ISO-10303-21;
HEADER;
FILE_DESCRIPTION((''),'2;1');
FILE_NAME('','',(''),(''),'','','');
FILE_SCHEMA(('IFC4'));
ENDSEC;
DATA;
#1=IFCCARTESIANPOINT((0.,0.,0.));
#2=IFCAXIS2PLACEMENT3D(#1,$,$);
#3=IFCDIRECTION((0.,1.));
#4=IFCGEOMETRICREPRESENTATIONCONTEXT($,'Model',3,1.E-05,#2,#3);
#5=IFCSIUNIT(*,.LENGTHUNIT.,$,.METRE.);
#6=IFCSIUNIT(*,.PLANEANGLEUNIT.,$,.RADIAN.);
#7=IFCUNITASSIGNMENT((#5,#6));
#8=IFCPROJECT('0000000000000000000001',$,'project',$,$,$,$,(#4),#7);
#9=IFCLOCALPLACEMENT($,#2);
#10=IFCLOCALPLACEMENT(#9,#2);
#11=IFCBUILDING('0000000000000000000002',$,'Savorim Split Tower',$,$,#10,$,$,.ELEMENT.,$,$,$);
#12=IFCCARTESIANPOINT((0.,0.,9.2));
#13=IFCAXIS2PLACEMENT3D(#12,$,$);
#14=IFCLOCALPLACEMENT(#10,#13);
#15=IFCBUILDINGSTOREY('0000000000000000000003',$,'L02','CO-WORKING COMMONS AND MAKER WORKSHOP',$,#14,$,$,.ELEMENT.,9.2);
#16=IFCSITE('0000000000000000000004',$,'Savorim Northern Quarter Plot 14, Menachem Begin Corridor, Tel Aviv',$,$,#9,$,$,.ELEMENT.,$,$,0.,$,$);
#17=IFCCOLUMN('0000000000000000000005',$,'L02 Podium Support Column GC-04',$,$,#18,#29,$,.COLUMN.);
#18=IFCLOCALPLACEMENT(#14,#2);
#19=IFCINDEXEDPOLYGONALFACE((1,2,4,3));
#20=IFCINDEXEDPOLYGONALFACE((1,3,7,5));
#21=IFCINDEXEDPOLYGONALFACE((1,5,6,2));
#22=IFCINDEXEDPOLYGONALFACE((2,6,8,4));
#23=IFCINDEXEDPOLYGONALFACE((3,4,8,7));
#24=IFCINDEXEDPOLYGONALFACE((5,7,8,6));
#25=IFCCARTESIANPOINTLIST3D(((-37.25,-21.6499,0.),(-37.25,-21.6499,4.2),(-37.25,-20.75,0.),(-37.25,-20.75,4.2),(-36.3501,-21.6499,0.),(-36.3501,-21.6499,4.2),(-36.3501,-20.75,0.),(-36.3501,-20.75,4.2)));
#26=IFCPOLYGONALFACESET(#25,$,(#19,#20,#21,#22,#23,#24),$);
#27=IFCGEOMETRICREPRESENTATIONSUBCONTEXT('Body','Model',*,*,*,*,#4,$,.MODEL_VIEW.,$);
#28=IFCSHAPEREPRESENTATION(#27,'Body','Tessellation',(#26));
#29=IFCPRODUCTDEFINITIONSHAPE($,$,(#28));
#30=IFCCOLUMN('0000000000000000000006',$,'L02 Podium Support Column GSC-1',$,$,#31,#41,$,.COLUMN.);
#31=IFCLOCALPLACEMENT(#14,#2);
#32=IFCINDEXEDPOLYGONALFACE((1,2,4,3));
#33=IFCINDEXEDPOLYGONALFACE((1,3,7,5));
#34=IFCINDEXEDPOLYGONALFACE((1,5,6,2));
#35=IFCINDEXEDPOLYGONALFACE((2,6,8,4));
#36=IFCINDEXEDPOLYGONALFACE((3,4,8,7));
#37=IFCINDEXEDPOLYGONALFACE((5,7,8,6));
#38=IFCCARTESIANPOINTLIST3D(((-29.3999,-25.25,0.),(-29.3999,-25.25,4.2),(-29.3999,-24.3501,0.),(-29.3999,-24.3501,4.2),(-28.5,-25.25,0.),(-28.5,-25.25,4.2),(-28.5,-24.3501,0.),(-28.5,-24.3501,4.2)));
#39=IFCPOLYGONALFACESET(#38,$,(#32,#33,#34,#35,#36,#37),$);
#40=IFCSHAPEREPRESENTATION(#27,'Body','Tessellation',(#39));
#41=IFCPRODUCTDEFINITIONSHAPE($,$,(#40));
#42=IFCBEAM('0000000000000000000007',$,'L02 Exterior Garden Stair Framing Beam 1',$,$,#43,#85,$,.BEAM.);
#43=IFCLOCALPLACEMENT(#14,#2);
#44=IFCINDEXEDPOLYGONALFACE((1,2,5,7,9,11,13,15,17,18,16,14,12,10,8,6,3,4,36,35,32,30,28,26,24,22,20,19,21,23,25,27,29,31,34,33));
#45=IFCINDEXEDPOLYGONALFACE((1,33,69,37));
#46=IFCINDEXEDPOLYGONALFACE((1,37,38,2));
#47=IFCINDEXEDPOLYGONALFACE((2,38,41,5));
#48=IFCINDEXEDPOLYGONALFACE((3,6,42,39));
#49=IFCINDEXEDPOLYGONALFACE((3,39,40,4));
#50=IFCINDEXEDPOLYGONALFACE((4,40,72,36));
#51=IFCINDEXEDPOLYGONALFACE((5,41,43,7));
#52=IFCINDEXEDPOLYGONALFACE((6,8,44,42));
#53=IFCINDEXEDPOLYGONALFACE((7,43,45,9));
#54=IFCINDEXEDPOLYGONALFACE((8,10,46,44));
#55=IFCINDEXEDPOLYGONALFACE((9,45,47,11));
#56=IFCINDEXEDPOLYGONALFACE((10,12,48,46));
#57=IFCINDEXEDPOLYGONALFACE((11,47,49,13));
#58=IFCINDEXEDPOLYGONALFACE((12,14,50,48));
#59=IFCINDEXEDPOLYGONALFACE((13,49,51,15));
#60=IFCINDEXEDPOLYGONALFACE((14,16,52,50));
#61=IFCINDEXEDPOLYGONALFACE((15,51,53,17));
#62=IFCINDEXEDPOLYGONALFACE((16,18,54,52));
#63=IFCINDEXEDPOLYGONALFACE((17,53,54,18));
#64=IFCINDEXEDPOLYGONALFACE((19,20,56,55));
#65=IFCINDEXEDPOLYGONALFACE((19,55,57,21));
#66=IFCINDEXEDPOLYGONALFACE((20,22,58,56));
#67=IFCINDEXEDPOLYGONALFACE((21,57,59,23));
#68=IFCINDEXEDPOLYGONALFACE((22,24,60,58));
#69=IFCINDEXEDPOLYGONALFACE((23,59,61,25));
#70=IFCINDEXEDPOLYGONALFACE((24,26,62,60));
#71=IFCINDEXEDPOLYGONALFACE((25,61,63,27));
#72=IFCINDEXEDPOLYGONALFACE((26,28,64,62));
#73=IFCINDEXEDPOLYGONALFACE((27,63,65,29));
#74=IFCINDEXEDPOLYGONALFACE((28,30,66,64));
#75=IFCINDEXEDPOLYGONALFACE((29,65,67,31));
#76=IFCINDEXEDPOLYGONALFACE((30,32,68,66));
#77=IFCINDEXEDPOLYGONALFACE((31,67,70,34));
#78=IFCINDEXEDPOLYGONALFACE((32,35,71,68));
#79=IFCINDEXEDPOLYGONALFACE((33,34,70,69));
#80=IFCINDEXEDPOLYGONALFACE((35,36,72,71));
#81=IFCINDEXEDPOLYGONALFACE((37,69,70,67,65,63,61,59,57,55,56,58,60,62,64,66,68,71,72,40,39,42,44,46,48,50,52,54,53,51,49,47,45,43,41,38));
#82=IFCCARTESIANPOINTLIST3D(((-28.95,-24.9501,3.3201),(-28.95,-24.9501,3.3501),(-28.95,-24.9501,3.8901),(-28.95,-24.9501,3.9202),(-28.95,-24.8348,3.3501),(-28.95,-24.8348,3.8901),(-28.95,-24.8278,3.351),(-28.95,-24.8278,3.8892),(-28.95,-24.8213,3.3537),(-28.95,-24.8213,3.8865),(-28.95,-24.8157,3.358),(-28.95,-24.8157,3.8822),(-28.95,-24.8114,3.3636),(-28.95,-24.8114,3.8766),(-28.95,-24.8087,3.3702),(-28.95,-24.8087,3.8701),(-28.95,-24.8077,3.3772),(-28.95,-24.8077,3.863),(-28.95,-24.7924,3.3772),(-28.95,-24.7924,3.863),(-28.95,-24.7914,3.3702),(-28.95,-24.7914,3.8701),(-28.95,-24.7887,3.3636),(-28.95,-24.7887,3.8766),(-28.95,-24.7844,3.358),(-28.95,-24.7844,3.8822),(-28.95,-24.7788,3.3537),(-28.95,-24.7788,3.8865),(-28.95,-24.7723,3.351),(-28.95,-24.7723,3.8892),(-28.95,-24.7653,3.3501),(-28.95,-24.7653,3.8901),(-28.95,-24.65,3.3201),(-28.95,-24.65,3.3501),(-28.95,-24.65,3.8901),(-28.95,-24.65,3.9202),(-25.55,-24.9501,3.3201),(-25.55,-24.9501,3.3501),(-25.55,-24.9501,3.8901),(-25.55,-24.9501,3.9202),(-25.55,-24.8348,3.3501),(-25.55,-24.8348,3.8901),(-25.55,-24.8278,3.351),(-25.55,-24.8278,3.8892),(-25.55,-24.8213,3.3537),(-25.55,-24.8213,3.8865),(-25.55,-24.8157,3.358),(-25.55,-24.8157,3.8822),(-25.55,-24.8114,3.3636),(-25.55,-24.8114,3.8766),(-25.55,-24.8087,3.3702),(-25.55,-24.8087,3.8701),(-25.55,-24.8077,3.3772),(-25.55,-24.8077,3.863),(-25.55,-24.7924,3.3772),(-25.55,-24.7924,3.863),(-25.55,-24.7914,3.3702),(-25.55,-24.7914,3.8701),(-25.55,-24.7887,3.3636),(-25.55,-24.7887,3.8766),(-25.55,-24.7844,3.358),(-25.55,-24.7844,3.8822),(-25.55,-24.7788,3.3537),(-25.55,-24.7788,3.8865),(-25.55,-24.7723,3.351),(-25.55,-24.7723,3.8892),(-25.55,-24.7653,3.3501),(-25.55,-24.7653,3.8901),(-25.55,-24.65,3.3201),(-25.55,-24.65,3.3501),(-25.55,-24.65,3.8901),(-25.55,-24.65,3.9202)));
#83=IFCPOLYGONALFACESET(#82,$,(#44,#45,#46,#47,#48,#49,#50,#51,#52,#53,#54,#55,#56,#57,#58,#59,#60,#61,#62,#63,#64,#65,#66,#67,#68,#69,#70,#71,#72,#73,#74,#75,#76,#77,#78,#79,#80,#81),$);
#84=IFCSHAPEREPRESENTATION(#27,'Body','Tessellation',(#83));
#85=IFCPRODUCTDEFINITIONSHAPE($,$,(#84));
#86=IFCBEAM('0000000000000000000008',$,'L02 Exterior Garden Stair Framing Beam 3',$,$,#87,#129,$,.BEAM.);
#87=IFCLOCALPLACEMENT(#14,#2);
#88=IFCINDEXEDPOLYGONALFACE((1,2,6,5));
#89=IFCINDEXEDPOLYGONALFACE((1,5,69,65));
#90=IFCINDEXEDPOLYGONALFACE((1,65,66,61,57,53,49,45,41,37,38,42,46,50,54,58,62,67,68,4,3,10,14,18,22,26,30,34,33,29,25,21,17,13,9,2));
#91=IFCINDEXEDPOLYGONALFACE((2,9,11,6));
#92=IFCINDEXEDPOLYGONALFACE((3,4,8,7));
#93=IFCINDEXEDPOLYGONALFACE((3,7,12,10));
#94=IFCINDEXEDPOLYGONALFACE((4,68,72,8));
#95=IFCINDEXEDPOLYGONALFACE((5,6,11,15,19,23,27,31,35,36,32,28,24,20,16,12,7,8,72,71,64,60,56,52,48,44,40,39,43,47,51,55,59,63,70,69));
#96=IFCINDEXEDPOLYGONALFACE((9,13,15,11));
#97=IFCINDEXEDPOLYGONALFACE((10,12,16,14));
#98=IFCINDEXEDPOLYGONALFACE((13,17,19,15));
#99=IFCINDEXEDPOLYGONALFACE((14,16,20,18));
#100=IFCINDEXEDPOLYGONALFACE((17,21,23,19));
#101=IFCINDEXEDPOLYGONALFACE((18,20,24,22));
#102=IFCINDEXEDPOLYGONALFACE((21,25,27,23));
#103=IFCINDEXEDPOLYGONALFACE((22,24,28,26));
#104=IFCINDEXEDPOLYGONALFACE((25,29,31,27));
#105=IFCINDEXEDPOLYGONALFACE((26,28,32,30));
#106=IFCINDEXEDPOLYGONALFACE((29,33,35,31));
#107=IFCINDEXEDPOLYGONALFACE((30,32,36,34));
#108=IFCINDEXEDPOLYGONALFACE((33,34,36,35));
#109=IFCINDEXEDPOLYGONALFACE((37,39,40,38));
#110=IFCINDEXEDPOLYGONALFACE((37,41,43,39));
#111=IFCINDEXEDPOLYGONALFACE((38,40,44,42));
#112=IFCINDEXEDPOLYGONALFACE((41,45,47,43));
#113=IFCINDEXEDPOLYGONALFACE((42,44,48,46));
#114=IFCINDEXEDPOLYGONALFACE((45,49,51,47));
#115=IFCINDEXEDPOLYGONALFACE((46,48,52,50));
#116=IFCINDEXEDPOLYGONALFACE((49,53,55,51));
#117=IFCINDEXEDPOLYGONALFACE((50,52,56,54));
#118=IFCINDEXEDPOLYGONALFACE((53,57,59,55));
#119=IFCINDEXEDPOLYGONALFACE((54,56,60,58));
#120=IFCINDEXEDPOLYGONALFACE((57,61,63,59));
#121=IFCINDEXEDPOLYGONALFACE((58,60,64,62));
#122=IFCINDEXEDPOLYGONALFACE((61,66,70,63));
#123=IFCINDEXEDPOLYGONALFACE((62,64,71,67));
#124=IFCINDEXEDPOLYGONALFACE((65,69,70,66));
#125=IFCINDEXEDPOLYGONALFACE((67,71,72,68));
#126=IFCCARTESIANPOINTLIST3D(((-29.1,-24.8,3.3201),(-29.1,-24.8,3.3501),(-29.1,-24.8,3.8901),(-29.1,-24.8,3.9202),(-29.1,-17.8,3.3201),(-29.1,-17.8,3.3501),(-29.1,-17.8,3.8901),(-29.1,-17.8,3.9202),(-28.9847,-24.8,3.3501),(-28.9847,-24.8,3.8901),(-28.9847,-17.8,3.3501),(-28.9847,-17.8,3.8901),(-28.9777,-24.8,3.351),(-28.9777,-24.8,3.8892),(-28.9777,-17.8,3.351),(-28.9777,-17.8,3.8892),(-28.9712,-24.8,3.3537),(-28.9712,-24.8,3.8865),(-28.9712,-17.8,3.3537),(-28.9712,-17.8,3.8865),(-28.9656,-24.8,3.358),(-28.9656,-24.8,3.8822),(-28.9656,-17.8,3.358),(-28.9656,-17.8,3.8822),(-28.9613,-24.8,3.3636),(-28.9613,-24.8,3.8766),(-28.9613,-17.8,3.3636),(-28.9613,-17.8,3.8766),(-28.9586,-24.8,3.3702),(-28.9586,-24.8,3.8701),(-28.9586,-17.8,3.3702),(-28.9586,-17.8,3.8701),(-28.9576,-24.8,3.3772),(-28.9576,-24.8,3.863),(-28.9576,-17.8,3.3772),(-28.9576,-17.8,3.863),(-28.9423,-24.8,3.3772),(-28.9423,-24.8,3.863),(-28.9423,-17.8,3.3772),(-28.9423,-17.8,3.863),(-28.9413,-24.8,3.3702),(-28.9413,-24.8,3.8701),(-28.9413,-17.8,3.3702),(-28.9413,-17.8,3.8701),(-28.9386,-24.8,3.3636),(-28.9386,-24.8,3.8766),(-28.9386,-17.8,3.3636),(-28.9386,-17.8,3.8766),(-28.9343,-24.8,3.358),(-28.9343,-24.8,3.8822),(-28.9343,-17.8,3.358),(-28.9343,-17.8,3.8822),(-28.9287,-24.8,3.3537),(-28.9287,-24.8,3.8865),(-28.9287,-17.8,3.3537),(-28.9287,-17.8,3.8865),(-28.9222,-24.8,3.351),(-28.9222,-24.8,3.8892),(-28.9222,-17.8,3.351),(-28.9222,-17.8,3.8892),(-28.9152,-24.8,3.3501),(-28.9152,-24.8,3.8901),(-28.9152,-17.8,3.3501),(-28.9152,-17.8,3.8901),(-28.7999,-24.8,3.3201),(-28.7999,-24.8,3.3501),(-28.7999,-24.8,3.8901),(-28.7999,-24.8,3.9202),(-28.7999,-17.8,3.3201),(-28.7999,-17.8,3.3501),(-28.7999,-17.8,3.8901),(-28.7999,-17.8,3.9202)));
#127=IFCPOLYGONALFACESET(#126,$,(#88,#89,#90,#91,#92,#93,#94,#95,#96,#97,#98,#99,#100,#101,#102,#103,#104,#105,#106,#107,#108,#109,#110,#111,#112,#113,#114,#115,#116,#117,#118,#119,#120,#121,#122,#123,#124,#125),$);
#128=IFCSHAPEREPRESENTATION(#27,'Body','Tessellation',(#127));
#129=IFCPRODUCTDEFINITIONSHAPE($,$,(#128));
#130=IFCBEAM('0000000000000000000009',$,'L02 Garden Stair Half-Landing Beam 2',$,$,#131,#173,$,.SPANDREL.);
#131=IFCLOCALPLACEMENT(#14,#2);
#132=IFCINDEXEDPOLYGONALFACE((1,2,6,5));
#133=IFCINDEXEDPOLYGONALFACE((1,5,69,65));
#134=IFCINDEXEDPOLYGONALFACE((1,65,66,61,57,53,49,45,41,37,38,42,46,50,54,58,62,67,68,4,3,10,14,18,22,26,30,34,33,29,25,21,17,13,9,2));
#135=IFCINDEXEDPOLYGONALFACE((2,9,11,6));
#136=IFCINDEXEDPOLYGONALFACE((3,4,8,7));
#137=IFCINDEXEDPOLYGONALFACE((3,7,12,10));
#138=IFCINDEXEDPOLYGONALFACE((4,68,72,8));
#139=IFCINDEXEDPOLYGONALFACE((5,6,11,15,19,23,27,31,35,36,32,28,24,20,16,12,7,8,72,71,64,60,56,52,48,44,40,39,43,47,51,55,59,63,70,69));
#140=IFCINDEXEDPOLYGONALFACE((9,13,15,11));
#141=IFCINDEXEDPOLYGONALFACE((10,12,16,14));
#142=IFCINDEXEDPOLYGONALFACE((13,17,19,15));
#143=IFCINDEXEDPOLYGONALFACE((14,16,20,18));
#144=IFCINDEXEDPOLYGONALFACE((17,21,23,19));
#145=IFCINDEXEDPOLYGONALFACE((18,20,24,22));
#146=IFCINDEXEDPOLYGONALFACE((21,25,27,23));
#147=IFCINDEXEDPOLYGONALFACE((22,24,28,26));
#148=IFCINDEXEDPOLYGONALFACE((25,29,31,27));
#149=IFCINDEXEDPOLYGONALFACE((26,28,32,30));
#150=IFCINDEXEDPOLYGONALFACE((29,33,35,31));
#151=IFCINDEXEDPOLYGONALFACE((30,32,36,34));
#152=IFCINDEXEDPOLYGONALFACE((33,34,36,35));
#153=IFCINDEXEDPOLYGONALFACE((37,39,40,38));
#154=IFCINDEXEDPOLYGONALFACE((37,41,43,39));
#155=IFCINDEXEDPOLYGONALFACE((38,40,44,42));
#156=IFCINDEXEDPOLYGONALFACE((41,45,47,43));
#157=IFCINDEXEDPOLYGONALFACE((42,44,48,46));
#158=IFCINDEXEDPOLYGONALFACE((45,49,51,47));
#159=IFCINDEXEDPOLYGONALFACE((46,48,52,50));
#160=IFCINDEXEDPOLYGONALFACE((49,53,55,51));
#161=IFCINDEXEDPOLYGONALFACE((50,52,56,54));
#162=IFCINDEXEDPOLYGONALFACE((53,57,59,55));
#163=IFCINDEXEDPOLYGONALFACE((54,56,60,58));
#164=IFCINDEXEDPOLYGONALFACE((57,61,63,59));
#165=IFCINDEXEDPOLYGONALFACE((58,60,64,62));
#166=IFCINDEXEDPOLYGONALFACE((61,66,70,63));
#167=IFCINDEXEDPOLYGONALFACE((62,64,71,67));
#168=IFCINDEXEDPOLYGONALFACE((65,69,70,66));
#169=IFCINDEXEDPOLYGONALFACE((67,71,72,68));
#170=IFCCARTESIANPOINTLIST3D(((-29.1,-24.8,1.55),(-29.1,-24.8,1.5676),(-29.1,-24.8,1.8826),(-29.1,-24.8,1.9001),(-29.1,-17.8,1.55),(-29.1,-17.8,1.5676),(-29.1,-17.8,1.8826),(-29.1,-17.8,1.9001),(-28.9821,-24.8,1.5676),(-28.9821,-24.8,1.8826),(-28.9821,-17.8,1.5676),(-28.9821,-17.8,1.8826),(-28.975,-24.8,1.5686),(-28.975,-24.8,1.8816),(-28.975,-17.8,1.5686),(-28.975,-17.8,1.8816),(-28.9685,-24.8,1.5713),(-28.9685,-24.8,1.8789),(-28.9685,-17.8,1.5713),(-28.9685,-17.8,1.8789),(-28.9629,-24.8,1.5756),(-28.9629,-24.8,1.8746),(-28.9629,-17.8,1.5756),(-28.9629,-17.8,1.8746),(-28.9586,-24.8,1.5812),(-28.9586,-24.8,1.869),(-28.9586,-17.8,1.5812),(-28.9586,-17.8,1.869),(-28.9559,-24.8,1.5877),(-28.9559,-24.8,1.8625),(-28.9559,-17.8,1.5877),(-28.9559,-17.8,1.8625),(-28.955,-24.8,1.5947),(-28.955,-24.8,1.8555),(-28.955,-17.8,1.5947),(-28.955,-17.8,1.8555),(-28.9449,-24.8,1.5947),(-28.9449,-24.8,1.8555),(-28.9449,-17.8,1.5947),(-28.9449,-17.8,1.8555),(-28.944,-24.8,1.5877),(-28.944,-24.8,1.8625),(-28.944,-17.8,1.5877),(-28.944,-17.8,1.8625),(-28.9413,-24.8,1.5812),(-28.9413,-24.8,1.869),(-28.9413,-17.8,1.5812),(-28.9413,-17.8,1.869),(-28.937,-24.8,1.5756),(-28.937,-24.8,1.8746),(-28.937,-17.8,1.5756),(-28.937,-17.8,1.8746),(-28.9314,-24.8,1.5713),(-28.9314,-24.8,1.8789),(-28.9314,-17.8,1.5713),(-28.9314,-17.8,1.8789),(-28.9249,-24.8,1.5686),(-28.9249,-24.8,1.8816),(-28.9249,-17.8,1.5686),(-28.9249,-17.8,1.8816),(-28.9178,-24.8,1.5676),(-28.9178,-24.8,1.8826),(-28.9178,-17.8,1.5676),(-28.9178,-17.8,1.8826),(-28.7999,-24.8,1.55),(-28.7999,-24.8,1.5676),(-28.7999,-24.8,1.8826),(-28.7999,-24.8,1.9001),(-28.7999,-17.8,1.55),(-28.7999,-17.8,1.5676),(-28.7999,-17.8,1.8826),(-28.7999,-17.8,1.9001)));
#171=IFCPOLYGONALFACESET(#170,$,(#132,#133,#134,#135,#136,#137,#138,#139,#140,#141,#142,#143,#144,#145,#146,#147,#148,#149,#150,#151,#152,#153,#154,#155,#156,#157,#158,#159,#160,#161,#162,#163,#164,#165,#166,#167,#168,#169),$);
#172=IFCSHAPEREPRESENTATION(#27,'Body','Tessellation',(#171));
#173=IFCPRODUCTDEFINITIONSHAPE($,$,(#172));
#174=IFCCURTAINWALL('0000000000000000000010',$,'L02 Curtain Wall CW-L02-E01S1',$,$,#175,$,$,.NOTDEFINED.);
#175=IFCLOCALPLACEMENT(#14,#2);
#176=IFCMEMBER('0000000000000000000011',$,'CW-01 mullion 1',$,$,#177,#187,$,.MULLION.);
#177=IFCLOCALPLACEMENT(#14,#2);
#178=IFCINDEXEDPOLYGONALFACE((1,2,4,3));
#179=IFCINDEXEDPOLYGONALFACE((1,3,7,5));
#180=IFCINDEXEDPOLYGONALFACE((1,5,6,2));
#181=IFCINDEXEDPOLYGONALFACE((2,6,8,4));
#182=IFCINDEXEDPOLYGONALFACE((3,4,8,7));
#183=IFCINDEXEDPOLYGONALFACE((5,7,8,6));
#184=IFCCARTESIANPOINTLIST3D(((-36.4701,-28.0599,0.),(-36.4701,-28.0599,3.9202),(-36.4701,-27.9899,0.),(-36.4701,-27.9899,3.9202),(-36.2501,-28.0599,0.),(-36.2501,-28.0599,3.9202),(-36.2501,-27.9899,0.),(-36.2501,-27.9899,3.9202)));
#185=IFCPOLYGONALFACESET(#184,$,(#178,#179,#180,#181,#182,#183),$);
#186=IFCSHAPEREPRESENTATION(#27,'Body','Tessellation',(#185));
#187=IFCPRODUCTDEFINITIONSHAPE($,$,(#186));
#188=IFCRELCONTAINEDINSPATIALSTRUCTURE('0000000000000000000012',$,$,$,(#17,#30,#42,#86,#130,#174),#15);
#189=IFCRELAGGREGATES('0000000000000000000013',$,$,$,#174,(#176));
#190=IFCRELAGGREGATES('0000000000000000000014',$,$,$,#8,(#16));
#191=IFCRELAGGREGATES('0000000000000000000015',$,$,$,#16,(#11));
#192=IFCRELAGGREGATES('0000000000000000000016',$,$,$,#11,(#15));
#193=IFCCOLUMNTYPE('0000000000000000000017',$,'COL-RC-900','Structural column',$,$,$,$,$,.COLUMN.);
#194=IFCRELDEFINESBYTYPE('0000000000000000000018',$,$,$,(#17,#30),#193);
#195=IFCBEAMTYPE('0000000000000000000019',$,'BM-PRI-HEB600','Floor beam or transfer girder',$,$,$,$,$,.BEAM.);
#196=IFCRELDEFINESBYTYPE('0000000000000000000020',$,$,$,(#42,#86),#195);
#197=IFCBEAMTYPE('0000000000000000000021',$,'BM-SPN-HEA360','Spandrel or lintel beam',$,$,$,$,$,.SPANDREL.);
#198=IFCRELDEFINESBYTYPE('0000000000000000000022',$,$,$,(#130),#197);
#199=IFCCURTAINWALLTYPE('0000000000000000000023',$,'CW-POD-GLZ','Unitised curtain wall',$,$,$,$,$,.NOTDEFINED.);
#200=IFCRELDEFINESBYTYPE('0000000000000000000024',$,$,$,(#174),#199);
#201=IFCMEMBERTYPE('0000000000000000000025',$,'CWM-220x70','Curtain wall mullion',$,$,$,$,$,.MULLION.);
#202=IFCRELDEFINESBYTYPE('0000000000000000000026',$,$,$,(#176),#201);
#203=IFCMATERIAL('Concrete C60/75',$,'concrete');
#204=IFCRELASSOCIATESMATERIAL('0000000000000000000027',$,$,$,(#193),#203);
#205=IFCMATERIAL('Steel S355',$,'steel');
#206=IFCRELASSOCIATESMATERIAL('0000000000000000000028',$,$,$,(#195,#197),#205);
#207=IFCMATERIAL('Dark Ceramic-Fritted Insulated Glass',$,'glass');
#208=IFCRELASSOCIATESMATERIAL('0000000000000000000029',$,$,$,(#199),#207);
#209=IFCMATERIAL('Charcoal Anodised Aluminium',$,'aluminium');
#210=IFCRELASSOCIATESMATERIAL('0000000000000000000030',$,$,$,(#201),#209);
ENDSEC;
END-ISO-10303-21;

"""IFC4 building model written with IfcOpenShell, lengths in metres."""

from ifc_helpers import new_model, si_unit, direction, frame, origin, origin_2d, place, context, subcontext, project, spatial, rectangle, i_section, extrude, material, material_profile, profile_set, type_object, element, aggregate, save


model = new_model("IFC4")

# Units and contexts
model_context = context("Model", 3, precision=1e-05, world=origin(), true_north=direction((0.0, 1.0)))
body_context = subcontext(model_context, "Body", "Model", "MODEL_VIEW")
ifc_project = project(units=[si_unit("LENGTHUNIT", "METRE"), si_unit("PLANEANGLEUNIT", "RADIAN")], contexts=[model_context])

# Site, building, storey
site_placement = place(None, origin())
site = spatial("IfcSite", under=ifc_project, at=site_placement, Name="Savorim Northern Quarter Plot 14, Menachem Begin Corridor, Tel Aviv", CompositionType="ELEMENT", RefElevation=0.0)
building_placement = place(site_placement, origin())
building = spatial("IfcBuilding", under=site, at=building_placement, Name="Savorim Split Tower", CompositionType="ELEMENT")
storey_placement = place(building_placement, frame((0.0, 0.0, 9.2)))
storey = spatial("IfcBuildingStorey", under=building, at=storey_placement, Name="L02", Description="CO-WORKING COMMONS AND MAKER WORKSHOP", CompositionType="ELEMENT", Elevation=9.2)

# Columns
ifc_material_1 = material(Name="Concrete C60/75", Category="concrete")
ifc_material_profile_1 = material_profile(ifc_material_1, rectangle(XDim=0.8999, YDim=0.8999, at=origin_2d()), Name="RC 900x900")
ifc_profile_set_1 = profile_set([ifc_material_profile_1], Name="Concrete C60/75")
column_type = type_object("IfcColumnType", Name="COL-RC-900", Description="Structural column", PredefinedType="COLUMN", material=ifc_profile_set_1)
for number, where, z_axis, x_axis, name in (
    (1, (-36.8, -21.2, 0.0), (0.0, 0.0, 1.0), (1.0, 0.0, 0.0), "L02 Podium Support Column GC-04"),
    (2, (-28.95, -24.8, 0.0), (0.0, 0.0, 1.0), (1.0, 0.0, 0.0), "L02 Podium Support Column GSC-1"),
):
    element("IfcColumn", number, at=place(storey_placement, frame(where, z_axis=z_axis, x_axis=x_axis)), inside=storey, type_object=column_type, Name=name, PredefinedType="COLUMN", context=body_context, shape_type="SweptSolid", body=[
        extrude(rectangle(XDim=0.8999, YDim=0.8999, at=origin_2d()), origin(), (0.0, 0.0, 1.0), 4.2),
    ])

# Beams
ifc_material_2 = material(Name="Steel S355", Category="steel")
ifc_material_profile_2 = material_profile(ifc_material_2, i_section(OverallWidth=0.3, OverallDepth=0.6001, WebThickness=0.0154, FlangeThickness=0.03, FilletRadius=0.0271, at=origin_2d()), Name="HEB 600")
ifc_profile_set_2 = profile_set([ifc_material_profile_2], Name="Steel S355")
beam_type_1 = type_object("IfcBeamType", Name="BM-PRI-HEB600", Description="Floor beam or transfer girder", PredefinedType="BEAM", material=ifc_profile_set_2)
beam_1_placement = place(storey_placement, frame((-28.95, -24.8, 3.6201), z_axis=(1.0, 0.0, 0.0), x_axis=(0.0, 1.0, 0.0)))
element("IfcBeam", 3, at=beam_1_placement, inside=storey, type_object=beam_type_1, Name="L02 Exterior Garden Stair Framing Beam 1", PredefinedType="BEAM", context=body_context, shape_type="SweptSolid", body=[
    extrude(i_section(OverallWidth=0.3, OverallDepth=0.6001, WebThickness=0.0154, FlangeThickness=0.03, FilletRadius=0.0271, at=origin_2d()), origin(), (0.0, 0.0, 1.0), 3.3999),
])
beam_2_placement = place(storey_placement, frame((-28.95, -24.8, 3.6201), z_axis=(0.0, 1.0, 0.0), x_axis=(-1.0, 0.0, 0.0)))
element("IfcBeam", 4, at=beam_2_placement, inside=storey, type_object=beam_type_1, Name="L02 Exterior Garden Stair Framing Beam 3", PredefinedType="BEAM", context=body_context, shape_type="SweptSolid", body=[
    extrude(i_section(OverallWidth=0.3, OverallDepth=0.6001, WebThickness=0.0154, FlangeThickness=0.03, FilletRadius=0.0271, at=origin_2d()), origin(), (0.0, 0.0, 1.0), 7.0),
])
ifc_material_profile_3 = material_profile(ifc_material_2, i_section(OverallWidth=0.3, OverallDepth=0.3501, WebThickness=0.01, FlangeThickness=0.0176, FilletRadius=0.0271, at=origin_2d()), Name="HEA 360")
ifc_profile_set_3 = profile_set([ifc_material_profile_3], Name="Steel S355")
beam_type_2 = type_object("IfcBeamType", Name="BM-SPN-HEA360", Description="Spandrel or lintel beam", PredefinedType="SPANDREL", material=ifc_profile_set_3)
beam_3_placement = place(storey_placement, frame((-28.95, -24.8, 1.7251), z_axis=(0.0, 1.0, 0.0), x_axis=(-1.0, 0.0, 0.0)))
element("IfcBeam", 5, at=beam_3_placement, inside=storey, type_object=beam_type_2, Name="L02 Garden Stair Half-Landing Beam 2", PredefinedType="SPANDREL", context=body_context, shape_type="SweptSolid", body=[
    extrude(i_section(OverallWidth=0.3, OverallDepth=0.3501, WebThickness=0.01, FlangeThickness=0.0176, FilletRadius=0.0271, at=origin_2d()), origin(), (0.0, 0.0, 1.0), 7.0),
])

# Curtain wall, member
ifc_material_3 = material(Name="Dark Ceramic-Fritted Insulated Glass", Category="glass")
curtain_wall_type = type_object("IfcCurtainWallType", Name="CW-POD-GLZ", Description="Unitised curtain wall", PredefinedType="NOTDEFINED", material=ifc_material_3)
curtain_wall_1_placement = place(storey_placement, origin())
curtain_wall_1 = element("IfcCurtainWall", 6, at=curtain_wall_1_placement, inside=storey, type_object=curtain_wall_type, Name="L02 Curtain Wall CW-L02-E01S1", PredefinedType="NOTDEFINED")
ifc_material_4 = material(Name="Charcoal Anodised Aluminium", Category="aluminium")
ifc_material_profile_4 = material_profile(ifc_material_4, rectangle(XDim=0.22, YDim=0.0701, at=origin_2d()), Name="ALU-M 220x70")
ifc_profile_set_4 = profile_set([ifc_material_profile_4], Name="Charcoal Anodised Aluminium")
member_type_1 = type_object("IfcMemberType", Name="CWM-220x70", Description="Curtain wall mullion", PredefinedType="MULLION", material=ifc_profile_set_4)
member_1_placement = place(storey_placement, frame((-36.3601, -28.0249, 0.0), z_axis=(0.0, 0.0, 1.0), x_axis=(-1.0, 0.0, 0.0)))
member_1 = element("IfcMember", 7, at=member_1_placement, type_object=member_type_1, Name="CW-01 mullion 1", PredefinedType="MULLION", context=body_context, shape_type="SweptSolid", body=[
    extrude(rectangle(XDim=0.22, YDim=0.0701, at=origin_2d()), origin(), (0.0, 0.0, 1.0), 3.9202),
])

aggregate(curtain_wall_1, [member_1])

save(model, "model.ifc")
